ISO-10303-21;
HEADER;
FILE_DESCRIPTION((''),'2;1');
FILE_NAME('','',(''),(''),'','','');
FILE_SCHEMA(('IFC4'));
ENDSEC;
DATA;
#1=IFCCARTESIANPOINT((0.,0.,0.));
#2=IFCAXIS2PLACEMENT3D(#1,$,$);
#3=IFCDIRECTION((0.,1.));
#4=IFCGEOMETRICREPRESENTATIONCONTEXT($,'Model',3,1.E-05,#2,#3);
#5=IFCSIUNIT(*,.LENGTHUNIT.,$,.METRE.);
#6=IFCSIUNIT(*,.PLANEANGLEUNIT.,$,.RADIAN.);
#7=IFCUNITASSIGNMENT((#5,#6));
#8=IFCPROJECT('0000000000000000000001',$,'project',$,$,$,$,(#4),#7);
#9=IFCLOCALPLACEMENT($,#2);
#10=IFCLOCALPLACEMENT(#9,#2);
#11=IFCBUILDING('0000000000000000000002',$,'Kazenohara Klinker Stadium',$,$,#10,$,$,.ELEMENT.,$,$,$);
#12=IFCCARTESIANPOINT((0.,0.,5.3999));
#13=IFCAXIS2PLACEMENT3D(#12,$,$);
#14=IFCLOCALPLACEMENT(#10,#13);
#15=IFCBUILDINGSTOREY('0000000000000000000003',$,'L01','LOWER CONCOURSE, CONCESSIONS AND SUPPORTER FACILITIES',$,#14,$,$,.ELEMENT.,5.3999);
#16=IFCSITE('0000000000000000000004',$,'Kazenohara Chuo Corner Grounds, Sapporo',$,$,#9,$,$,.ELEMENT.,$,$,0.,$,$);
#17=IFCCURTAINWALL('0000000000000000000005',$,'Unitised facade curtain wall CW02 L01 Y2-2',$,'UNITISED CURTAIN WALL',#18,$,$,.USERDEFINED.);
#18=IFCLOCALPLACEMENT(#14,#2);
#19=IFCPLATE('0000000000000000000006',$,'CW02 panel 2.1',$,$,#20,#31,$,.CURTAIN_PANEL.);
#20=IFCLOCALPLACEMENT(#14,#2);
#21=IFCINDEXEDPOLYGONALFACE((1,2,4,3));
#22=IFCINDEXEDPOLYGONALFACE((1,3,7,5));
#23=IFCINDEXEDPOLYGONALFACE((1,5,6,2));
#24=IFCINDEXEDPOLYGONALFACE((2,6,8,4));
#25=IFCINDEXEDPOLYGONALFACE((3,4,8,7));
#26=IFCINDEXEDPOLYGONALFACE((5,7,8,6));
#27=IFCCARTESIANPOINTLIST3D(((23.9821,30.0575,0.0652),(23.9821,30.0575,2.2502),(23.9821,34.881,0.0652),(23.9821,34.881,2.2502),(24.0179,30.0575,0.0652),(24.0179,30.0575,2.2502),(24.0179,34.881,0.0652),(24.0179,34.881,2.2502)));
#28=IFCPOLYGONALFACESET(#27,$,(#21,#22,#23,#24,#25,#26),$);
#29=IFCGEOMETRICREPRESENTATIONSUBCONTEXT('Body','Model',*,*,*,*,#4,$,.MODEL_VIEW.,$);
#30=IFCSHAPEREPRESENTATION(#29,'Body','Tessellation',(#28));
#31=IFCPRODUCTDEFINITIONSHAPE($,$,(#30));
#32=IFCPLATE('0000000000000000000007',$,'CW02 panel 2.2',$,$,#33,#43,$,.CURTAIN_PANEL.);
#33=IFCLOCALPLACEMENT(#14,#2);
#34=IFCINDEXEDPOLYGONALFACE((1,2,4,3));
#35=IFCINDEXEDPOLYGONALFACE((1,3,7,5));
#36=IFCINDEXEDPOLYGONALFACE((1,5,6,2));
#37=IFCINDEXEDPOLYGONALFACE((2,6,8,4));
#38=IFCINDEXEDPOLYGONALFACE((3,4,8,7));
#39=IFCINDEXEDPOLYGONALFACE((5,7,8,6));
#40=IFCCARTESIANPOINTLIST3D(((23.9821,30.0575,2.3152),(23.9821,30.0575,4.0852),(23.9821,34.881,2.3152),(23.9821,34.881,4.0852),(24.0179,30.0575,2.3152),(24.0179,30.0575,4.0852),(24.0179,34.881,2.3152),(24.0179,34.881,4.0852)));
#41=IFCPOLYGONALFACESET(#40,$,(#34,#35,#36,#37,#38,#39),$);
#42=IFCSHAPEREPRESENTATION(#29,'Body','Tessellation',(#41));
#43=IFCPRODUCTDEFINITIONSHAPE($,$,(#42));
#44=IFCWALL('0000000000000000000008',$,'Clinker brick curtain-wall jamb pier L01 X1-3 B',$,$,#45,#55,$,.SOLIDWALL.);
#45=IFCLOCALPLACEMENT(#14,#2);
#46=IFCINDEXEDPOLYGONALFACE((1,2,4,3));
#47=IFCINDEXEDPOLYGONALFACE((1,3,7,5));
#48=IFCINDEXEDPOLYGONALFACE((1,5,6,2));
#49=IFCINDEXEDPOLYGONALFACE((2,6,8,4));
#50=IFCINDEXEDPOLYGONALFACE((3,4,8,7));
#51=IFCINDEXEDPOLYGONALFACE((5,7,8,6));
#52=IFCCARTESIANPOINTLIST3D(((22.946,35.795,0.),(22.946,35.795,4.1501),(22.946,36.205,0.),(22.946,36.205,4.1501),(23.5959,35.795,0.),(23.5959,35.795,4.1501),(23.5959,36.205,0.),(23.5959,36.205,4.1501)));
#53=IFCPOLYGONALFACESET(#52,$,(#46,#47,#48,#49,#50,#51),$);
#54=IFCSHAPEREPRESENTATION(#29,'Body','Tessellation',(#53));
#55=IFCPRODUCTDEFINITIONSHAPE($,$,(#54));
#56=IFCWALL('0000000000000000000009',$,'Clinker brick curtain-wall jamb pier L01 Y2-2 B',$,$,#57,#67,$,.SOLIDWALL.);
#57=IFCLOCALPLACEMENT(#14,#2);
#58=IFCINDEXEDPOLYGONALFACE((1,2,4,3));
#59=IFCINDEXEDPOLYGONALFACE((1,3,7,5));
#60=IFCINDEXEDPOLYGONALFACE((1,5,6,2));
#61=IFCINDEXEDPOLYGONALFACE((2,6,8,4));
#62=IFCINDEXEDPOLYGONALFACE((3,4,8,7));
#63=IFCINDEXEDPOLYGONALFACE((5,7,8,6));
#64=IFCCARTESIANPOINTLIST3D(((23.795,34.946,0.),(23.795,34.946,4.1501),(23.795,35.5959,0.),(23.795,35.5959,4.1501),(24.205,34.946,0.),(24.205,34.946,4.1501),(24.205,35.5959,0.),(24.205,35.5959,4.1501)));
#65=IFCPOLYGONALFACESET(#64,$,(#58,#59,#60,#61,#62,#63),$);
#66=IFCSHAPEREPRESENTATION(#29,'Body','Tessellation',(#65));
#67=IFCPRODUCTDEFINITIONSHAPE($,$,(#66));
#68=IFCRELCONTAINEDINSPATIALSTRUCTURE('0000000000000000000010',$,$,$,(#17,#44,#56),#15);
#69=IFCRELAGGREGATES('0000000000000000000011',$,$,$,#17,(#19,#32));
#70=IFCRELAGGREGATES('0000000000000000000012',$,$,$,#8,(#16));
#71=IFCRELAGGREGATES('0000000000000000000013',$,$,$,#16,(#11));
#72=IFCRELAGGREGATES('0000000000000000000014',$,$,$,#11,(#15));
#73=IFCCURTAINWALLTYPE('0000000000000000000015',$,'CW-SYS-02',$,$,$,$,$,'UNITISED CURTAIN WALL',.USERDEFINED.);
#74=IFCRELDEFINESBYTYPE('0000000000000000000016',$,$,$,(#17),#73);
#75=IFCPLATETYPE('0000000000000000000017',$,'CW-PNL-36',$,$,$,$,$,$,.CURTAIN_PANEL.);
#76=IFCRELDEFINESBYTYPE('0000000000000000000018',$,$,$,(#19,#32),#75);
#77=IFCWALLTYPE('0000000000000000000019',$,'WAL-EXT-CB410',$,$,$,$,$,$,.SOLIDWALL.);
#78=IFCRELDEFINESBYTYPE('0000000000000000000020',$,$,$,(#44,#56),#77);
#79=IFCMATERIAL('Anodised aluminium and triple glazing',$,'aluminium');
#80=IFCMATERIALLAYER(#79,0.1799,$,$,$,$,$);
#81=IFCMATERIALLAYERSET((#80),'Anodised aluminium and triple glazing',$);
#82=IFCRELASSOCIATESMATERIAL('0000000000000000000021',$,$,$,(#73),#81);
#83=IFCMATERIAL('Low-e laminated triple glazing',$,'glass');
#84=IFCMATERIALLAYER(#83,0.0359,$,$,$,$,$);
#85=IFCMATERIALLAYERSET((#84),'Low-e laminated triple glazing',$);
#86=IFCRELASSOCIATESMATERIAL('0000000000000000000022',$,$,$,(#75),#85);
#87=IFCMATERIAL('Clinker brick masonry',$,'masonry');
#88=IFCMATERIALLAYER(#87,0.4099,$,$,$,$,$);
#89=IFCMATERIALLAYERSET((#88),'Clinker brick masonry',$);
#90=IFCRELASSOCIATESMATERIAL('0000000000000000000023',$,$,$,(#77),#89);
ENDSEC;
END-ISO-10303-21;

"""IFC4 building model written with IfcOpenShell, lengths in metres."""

from ifc_helpers import new_model, si_unit, direction, frame, frame_2d, origin, origin_2d, place, context, subcontext, project, spatial, rectangle, extrude, material, layer, layer_set, type_object, element, aggregate, save


model = new_model("IFC4")

# Units and contexts
model_context = context("Model", 3, precision=1e-05, world=origin(), true_north=direction((0.0, 1.0)))
body_context = subcontext(model_context, "Body", "Model", "MODEL_VIEW")
ifc_project = project(units=[si_unit("LENGTHUNIT", "METRE"), si_unit("PLANEANGLEUNIT", "RADIAN")], contexts=[model_context])

# Site, building, storey
site_placement = place(None, origin())
site = spatial("IfcSite", under=ifc_project, at=site_placement, Name="Kazenohara Chuo Corner Grounds, Sapporo", CompositionType="ELEMENT", RefElevation=0.0)
building_placement = place(site_placement, origin())
building = spatial("IfcBuilding", under=site, at=building_placement, Name="Kazenohara Klinker Stadium", CompositionType="ELEMENT")
storey_placement = place(building_placement, frame((0.0, 0.0, 5.3999)))
storey = spatial("IfcBuildingStorey", under=building, at=storey_placement, Name="L01", Description="LOWER CONCOURSE, CONCESSIONS AND SUPPORTER FACILITIES", CompositionType="ELEMENT", Elevation=5.3999)

# Curtain wall
ifc_material_1 = material(Name="Anodised aluminium and triple glazing", Category="aluminium")
ifc_layer_1 = layer(ifc_material_1, 0.1799)
ifc_layer_set_1 = layer_set([ifc_layer_1], Name="Anodised aluminium and triple glazing")
curtain_wall_type_1 = type_object("IfcCurtainWallType", Name="CW-SYS-02", ElementType="UNITISED CURTAIN WALL", PredefinedType="USERDEFINED", material=ifc_layer_set_1)
curtain_wall_1_placement = place(storey_placement, origin())
curtain_wall_1 = element("IfcCurtainWall", 1, at=curtain_wall_1_placement, inside=storey, type_object=curtain_wall_type_1, Name="Unitised facade curtain wall CW02 L01 Y2-2", ObjectType="UNITISED CURTAIN WALL", PredefinedType="USERDEFINED")

# Plates
ifc_material_2 = material(Name="Low-e laminated triple glazing", Category="glass")
ifc_layer_2 = layer(ifc_material_2, 0.0359)
ifc_layer_set_2 = layer_set([ifc_layer_2], Name="Low-e laminated triple glazing")
plate_type = type_object("IfcPlateType", Name="CW-PNL-36", PredefinedType="CURTAIN_PANEL", material=ifc_layer_set_2)
plate_1_placement = place(storey_placement, frame((24.0, 32.4692, 0.0652), z_axis=(0.0, 0.0, 1.0), x_axis=(0.0, 1.0, 0.0)))
plate_1 = element("IfcPlate", 2, at=plate_1_placement, type_object=plate_type, Name="CW02 panel 2.1", PredefinedType="CURTAIN_PANEL", context=body_context, shape_type="SweptSolid", body=[
    extrude(rectangle(XDim=4.8235, YDim=0.0359, at=origin_2d()), origin(), (0.0, 0.0, 1.0), 2.1851),
])
plate_2_placement = place(storey_placement, frame((24.0, 32.4692, 2.3152), z_axis=(0.0, 0.0, 1.0), x_axis=(0.0, 1.0, 0.0)))
plate_2 = element("IfcPlate", 3, at=plate_2_placement, type_object=plate_type, Name="CW02 panel 2.2", PredefinedType="CURTAIN_PANEL", context=body_context, shape_type="SweptSolid", body=[
    extrude(rectangle(XDim=4.8235, YDim=0.0359, at=origin_2d()), origin(), (0.0, 0.0, 1.0), 1.77),
])
aggregate(curtain_wall_1, [plate_1, plate_2])

# Walls
ifc_material_3 = material(Name="Clinker brick masonry", Category="masonry")
ifc_layer_3 = layer(ifc_material_3, 0.4099)
ifc_layer_set_3 = layer_set([ifc_layer_3], Name="Clinker brick masonry")
wall_type = type_object("IfcWallType", Name="WAL-EXT-CB410", PredefinedType="SOLIDWALL", material=ifc_layer_set_3)
for number, where, z_axis, x_axis, name in (
    (4, (22.946, 36.0, 0.0), (0.0, 0.0, 1.0), (1.0, 0.0, 0.0), "Clinker brick curtain-wall jamb pier L01 X1-3 B"),
    (5, (24.0, 34.946, 0.0), (0.0, 0.0, 1.0), (0.0, 1.0, 0.0), "Clinker brick curtain-wall jamb pier L01 Y2-2 B"),
):
    element("IfcWall", number, at=place(storey_placement, frame(where, z_axis=z_axis, x_axis=x_axis)), inside=storey, type_object=wall_type, Name=name, PredefinedType="SOLIDWALL", context=body_context, shape_type="SweptSolid", body=[
        extrude(rectangle(XDim=0.6499, YDim=0.4099, at=frame_2d((0.325, 0.0))), origin(), (0.0, 0.0, 1.0), 4.1501),
    ])

save(model, "model.ifc")
